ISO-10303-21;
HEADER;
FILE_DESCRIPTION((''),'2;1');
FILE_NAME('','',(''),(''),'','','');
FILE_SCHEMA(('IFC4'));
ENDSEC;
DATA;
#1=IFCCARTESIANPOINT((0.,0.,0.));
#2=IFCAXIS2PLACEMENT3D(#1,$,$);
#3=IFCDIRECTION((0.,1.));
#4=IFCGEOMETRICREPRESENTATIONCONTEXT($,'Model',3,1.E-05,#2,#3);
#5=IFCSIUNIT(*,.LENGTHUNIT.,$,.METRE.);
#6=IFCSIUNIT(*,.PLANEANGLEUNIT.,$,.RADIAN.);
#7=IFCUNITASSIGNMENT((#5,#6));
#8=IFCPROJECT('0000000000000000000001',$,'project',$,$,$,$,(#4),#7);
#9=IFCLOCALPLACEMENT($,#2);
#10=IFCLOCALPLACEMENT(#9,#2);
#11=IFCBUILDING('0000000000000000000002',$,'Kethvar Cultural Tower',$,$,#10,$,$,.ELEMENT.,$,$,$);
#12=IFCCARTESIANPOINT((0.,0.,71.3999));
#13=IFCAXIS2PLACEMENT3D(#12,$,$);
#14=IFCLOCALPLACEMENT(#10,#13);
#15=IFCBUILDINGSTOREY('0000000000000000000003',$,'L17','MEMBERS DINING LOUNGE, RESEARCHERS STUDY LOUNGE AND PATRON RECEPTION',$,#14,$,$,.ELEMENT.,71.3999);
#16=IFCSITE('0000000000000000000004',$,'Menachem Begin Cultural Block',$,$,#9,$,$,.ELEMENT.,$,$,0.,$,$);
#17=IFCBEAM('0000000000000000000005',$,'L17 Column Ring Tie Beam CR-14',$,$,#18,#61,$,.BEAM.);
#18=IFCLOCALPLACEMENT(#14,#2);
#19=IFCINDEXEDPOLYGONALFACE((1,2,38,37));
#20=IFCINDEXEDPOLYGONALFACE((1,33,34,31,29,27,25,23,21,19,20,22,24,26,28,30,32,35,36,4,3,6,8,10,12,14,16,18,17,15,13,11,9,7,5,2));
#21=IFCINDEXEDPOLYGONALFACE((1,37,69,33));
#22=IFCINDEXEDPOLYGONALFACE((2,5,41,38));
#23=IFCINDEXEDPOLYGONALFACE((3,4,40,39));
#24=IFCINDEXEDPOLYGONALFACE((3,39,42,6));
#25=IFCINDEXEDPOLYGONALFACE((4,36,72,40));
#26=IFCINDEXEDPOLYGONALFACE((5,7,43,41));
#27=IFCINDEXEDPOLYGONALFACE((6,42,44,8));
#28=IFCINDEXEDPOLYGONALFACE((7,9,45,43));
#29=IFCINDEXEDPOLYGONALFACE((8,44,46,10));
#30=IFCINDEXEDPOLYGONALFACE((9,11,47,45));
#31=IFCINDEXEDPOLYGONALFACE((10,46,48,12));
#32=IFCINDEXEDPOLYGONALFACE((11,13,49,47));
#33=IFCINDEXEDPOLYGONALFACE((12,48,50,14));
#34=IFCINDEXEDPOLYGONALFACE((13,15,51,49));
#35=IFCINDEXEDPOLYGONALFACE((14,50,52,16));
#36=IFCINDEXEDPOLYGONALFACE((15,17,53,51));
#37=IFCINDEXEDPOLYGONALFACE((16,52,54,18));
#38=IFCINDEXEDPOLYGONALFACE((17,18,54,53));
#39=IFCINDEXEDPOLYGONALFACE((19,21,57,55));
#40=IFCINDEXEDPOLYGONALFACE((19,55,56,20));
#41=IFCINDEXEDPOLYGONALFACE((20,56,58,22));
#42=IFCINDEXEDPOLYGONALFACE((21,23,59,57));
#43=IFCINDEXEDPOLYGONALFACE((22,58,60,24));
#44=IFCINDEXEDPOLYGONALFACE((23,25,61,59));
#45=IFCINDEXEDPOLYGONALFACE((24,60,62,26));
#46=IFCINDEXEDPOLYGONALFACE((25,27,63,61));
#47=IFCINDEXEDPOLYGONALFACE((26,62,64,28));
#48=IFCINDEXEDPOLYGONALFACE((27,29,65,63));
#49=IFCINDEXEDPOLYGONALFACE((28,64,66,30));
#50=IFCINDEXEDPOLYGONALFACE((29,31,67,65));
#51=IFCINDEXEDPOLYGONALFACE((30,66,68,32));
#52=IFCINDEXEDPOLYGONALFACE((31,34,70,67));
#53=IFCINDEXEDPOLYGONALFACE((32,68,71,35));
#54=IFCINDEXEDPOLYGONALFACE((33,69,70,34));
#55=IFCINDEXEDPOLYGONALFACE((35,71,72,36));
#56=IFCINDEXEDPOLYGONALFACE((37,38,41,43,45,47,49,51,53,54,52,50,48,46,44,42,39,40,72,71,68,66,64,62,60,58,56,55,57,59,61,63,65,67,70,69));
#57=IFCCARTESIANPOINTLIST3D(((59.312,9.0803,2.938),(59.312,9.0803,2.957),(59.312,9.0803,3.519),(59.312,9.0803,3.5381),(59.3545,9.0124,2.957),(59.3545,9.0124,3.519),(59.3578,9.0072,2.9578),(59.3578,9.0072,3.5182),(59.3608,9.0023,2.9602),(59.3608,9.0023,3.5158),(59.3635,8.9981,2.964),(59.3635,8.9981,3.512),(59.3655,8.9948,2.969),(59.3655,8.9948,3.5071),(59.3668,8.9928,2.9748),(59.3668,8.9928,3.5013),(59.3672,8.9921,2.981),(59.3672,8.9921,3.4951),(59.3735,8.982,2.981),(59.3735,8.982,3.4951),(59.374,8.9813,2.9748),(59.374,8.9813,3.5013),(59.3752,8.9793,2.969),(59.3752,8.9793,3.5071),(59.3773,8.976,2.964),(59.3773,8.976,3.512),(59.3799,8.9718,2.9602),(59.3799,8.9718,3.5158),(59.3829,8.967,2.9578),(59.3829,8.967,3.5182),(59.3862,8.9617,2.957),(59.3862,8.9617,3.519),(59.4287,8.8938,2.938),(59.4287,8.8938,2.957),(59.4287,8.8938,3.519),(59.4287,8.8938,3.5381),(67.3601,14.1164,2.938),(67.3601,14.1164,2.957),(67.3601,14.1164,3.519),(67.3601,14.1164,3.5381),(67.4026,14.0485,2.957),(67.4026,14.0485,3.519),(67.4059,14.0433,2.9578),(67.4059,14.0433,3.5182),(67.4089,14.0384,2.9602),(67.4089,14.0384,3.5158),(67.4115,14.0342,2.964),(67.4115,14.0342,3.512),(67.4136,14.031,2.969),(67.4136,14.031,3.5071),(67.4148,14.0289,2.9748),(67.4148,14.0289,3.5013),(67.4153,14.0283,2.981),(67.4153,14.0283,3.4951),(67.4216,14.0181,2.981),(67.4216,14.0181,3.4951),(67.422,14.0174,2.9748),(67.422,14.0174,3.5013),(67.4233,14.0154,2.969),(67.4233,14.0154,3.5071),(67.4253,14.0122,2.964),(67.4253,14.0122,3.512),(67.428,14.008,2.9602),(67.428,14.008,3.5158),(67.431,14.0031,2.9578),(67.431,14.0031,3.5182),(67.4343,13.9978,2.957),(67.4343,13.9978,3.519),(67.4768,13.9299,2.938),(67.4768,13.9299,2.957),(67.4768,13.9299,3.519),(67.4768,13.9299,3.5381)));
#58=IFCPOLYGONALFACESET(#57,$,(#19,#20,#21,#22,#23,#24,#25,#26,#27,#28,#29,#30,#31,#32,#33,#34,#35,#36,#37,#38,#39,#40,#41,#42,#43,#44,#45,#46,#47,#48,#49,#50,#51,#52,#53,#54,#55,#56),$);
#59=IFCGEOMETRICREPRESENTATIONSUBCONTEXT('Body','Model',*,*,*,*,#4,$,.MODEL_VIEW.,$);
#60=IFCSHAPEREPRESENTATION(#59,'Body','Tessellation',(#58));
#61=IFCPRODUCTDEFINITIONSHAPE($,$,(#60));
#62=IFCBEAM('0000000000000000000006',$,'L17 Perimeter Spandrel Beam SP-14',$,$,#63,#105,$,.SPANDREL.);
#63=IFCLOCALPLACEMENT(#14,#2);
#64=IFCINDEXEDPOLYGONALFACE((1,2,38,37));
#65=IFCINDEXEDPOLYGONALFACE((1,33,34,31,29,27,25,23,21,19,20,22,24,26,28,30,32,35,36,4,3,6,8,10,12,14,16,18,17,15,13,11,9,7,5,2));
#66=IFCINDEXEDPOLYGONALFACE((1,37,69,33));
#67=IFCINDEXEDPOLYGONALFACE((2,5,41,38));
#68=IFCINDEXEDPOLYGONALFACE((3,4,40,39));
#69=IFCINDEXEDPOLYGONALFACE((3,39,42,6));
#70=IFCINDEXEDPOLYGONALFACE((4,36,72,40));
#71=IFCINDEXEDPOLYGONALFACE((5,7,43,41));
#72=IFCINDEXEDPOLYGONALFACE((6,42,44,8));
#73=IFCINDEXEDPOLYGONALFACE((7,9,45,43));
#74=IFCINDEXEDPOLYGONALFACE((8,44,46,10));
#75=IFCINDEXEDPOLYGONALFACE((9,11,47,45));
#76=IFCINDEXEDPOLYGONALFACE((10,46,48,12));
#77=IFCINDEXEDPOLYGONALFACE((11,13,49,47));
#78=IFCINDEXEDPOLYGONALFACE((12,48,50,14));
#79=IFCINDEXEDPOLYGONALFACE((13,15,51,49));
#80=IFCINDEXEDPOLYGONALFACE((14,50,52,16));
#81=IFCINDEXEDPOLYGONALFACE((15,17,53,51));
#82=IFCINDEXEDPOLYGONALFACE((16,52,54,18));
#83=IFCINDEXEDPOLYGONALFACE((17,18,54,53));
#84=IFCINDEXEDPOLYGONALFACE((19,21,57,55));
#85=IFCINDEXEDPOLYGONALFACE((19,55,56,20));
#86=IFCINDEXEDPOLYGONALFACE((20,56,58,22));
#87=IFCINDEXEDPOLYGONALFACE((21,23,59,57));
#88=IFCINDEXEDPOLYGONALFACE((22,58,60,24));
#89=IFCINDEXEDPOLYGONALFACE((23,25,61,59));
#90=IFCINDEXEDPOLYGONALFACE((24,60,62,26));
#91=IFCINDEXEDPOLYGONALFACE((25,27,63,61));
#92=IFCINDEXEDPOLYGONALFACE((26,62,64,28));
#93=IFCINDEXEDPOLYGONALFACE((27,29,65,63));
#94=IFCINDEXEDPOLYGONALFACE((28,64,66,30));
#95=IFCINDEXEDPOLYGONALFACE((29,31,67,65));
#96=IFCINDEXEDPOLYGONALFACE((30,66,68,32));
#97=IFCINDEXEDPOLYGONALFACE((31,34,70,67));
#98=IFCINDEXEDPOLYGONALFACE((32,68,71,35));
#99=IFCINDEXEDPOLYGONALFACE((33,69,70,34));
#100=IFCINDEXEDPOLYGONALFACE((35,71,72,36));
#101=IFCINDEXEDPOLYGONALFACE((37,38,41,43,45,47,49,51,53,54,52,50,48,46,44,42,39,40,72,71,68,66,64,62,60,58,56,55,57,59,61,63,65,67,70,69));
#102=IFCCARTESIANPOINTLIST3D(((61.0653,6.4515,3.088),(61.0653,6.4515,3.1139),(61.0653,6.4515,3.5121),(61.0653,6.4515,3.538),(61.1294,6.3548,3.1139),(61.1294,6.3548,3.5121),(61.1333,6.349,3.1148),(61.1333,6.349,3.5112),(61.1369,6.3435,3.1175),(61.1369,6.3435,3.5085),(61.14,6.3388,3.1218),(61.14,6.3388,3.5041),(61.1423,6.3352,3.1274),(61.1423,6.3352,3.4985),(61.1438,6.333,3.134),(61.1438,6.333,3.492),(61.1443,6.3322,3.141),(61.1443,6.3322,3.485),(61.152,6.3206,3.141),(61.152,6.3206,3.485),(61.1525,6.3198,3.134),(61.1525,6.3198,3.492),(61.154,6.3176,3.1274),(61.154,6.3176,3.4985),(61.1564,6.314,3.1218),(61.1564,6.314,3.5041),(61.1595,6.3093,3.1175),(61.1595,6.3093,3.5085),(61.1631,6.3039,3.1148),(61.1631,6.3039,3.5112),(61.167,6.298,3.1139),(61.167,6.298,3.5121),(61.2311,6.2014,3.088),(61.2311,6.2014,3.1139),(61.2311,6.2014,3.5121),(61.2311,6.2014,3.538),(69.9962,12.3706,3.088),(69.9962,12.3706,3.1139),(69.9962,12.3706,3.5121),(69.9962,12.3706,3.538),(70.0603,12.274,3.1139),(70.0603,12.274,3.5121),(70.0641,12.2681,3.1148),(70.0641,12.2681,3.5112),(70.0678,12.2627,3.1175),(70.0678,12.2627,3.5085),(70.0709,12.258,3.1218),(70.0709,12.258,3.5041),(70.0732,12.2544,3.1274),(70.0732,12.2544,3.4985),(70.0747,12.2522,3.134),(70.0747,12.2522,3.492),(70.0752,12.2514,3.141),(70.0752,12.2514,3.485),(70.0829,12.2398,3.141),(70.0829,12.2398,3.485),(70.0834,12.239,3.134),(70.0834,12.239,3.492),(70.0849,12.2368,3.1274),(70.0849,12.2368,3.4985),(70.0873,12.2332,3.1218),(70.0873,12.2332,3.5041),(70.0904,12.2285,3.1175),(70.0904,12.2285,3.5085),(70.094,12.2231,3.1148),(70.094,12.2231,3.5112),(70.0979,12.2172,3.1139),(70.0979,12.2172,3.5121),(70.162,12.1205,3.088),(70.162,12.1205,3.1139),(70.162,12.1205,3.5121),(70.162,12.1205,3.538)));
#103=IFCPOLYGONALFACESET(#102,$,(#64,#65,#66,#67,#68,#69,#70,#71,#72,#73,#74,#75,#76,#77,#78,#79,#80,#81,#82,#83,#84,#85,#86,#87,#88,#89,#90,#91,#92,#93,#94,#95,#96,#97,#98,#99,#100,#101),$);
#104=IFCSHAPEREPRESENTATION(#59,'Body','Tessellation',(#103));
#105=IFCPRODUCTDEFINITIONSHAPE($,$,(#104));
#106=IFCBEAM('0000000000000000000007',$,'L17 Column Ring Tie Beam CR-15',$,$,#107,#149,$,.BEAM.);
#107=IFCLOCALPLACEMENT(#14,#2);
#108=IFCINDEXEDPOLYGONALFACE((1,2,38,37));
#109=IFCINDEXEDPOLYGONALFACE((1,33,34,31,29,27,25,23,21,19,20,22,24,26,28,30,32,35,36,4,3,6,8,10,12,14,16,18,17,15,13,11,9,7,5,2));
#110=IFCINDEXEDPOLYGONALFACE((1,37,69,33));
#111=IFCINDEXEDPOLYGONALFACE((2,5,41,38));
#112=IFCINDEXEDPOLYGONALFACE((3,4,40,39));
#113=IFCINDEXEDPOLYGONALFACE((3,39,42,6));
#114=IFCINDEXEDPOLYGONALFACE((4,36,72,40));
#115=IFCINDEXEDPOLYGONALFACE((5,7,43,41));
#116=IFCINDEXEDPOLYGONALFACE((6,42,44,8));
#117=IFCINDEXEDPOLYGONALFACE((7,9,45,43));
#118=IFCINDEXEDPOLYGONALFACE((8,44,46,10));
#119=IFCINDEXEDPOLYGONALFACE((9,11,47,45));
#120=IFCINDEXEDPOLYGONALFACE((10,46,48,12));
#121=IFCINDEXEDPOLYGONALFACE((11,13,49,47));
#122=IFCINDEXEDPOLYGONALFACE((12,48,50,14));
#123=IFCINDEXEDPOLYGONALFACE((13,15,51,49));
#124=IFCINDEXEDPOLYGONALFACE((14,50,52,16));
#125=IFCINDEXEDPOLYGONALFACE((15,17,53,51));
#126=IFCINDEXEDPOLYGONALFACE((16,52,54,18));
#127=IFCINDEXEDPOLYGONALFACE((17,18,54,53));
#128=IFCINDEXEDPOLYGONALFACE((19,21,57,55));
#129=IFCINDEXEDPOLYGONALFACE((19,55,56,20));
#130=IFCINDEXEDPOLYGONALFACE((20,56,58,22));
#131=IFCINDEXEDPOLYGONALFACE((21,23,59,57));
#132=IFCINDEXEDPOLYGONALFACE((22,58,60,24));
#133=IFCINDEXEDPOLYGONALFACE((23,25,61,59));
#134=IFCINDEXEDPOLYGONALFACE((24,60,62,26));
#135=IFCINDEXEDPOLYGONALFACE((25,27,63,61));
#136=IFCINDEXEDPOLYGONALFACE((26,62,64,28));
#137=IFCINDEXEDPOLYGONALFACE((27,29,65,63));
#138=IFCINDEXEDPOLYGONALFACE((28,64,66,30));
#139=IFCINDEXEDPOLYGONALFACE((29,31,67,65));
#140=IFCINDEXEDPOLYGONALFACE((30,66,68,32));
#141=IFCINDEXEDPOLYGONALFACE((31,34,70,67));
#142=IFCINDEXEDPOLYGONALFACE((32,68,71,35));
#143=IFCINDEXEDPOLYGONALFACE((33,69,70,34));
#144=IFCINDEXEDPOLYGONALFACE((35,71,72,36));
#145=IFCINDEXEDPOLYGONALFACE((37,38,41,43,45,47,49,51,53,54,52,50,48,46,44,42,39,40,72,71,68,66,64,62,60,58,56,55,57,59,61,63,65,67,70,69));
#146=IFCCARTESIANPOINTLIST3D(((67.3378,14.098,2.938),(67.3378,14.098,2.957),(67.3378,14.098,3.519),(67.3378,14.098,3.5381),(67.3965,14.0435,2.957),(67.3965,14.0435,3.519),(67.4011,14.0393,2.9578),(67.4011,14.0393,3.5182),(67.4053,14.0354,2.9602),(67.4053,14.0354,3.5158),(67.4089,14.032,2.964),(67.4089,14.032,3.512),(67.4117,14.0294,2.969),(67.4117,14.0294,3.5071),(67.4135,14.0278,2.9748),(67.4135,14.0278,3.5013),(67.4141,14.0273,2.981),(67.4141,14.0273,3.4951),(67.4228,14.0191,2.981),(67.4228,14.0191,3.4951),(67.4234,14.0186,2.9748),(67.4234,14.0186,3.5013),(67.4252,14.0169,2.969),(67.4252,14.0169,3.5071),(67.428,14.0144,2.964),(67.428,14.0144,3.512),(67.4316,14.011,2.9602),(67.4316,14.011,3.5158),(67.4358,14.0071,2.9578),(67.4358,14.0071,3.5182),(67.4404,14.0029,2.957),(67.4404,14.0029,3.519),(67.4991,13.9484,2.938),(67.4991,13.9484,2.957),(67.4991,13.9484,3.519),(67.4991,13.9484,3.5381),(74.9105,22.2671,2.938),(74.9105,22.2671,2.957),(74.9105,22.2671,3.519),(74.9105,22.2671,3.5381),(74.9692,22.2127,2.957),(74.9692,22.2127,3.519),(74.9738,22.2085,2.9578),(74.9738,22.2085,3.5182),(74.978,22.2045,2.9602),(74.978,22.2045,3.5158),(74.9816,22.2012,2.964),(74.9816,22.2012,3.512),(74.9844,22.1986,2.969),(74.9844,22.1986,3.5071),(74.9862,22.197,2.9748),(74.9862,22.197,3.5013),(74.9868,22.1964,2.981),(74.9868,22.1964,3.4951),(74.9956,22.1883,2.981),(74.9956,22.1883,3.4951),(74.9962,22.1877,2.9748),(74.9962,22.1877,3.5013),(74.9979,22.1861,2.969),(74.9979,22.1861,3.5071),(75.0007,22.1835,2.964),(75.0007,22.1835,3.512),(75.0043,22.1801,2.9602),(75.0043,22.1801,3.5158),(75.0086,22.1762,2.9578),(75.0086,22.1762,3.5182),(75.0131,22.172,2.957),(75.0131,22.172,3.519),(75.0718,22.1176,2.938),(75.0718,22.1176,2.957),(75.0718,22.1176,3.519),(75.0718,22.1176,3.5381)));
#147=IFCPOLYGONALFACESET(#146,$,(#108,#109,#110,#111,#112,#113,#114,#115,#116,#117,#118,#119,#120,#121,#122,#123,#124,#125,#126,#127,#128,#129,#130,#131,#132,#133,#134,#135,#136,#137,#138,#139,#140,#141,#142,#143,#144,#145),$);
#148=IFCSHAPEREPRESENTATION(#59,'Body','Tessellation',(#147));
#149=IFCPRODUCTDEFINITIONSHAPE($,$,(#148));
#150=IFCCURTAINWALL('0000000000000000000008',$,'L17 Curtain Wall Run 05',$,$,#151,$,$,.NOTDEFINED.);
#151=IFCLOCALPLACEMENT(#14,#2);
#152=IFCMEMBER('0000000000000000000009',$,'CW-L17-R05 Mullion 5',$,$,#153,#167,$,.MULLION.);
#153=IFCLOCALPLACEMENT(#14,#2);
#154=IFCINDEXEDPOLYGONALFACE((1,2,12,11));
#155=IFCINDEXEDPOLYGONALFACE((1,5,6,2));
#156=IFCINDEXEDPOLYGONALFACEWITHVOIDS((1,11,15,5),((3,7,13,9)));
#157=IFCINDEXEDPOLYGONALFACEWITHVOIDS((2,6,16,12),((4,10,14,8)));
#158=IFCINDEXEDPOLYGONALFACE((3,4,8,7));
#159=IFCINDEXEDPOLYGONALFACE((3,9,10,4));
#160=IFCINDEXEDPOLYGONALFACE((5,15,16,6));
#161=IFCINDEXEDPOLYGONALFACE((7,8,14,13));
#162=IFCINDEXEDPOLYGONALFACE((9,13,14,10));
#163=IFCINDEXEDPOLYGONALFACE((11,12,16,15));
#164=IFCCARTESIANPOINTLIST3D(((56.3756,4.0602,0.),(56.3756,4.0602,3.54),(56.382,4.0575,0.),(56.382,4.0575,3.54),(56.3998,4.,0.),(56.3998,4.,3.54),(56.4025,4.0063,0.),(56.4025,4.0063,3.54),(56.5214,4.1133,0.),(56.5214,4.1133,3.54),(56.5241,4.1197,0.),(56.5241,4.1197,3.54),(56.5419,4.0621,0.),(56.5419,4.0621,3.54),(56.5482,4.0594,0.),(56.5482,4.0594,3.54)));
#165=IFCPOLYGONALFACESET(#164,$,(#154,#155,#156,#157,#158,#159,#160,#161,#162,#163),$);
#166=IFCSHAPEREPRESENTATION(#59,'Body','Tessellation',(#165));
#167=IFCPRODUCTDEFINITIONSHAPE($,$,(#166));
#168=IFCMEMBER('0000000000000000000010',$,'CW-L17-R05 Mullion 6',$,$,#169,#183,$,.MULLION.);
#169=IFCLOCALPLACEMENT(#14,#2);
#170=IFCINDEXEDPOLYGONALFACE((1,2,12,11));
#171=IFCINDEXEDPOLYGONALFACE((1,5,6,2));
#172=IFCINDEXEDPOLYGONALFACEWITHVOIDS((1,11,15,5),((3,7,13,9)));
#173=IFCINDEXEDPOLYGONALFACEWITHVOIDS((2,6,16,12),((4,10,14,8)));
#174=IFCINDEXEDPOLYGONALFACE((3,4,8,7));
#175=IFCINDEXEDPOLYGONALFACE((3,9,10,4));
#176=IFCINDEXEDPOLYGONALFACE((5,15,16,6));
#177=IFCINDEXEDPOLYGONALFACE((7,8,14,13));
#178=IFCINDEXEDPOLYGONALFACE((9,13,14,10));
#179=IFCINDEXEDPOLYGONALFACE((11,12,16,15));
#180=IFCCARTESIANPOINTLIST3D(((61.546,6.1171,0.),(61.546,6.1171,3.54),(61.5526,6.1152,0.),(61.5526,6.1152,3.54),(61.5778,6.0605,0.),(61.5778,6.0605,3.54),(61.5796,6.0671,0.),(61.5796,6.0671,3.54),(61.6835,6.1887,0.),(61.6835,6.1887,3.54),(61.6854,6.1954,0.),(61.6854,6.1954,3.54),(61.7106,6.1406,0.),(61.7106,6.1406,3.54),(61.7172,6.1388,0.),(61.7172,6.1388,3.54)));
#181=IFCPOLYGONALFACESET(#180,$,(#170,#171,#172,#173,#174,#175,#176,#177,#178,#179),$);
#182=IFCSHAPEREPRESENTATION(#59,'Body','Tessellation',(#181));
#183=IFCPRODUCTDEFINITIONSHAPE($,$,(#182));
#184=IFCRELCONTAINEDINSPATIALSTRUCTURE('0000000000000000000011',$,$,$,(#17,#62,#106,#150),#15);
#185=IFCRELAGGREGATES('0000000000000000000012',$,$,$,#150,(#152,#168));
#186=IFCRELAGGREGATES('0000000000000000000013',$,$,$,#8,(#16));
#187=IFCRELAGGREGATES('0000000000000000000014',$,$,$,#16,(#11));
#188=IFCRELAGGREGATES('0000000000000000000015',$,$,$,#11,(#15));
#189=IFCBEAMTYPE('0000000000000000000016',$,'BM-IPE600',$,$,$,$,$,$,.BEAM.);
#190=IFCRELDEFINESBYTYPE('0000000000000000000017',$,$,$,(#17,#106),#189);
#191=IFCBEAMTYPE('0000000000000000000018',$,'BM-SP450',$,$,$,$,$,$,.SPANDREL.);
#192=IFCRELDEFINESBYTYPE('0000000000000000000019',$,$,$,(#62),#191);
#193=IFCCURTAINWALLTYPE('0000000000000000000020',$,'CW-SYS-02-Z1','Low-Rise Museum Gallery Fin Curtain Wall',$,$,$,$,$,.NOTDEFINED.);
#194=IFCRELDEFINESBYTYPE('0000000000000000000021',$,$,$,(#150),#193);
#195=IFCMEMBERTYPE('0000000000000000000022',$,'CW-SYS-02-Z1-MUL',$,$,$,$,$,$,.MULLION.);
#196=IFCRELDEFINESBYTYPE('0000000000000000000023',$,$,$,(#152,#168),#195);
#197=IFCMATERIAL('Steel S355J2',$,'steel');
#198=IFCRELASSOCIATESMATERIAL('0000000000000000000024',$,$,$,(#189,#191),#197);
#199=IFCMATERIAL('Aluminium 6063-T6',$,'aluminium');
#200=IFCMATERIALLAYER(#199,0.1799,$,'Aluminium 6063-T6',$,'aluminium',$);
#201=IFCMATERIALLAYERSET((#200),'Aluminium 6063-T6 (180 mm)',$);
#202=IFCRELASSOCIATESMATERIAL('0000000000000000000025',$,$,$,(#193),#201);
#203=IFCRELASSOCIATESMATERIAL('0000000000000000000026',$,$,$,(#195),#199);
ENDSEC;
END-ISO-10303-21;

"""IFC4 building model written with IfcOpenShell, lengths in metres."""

from ifc_helpers import new_model, si_unit, direction, frame, origin, origin_2d, place, context, subcontext, project, spatial, hollow_rectangle, i_section, extrude, source, transform, mapped, material, layer, layer_set, material_profile, profile_set, type_object, element, aggregate, save


model = new_model("IFC4")

# Units and contexts
model_context = context("Model", 3, precision=1e-05, world=origin(), true_north=direction((0.0, 1.0)))
body_context = subcontext(model_context, "Body", "Model", "MODEL_VIEW")
ifc_project = project(units=[si_unit("LENGTHUNIT", "METRE"), si_unit("PLANEANGLEUNIT", "RADIAN")], contexts=[model_context])

# Site, building, storey
site_placement = place(None, origin())
site = spatial("IfcSite", under=ifc_project, at=site_placement, Name="Menachem Begin Cultural Block", CompositionType="ELEMENT", RefElevation=0.0)
building_placement = place(site_placement, origin())
building = spatial("IfcBuilding", under=site, at=building_placement, Name="Kethvar Cultural Tower", CompositionType="ELEMENT")
storey_placement = place(building_placement, frame((0.0, 0.0, 71.3999)))
storey = spatial("IfcBuildingStorey", under=building, at=storey_placement, Name="L17", Description="MEMBERS DINING LOUNGE, RESEARCHERS STUDY LOUNGE AND PATRON RECEPTION", CompositionType="ELEMENT", Elevation=71.3999)

# Beams
ifc_material_1 = material(Name="Steel S355J2", Category="steel")
ifc_material_profile_1 = material_profile(ifc_material_1, i_section(OverallWidth=0.22, OverallDepth=0.6001, WebThickness=0.012, FlangeThickness=0.019, FilletRadius=0.0239, at=origin_2d()), Name="Steel S355J2 — IPE600")
ifc_profile_set_1 = profile_set([ifc_material_profile_1], Name="Steel S355J2 — IPE600")
beam_type_1 = type_object("IfcBeamType", Name="BM-IPE600", PredefinedType="BEAM", material=ifc_profile_set_1)
shared_shape_1 = source(origin(), body_context, "Body", "SweptSolid", [
    extrude(i_section(OverallWidth=0.22, OverallDepth=0.6001, WebThickness=0.012, FlangeThickness=0.019, FilletRadius=0.0239, at=origin_2d()), origin(), (0.0, 0.0, 1.0), 9.4939),
])
beam_1_placement = place(storey_placement, frame((59.3704, 8.9871, 3.238), z_axis=(0.847711, 0.530459, 0.0), x_axis=(-0.530459, 0.847711, 0.0)))
element("IfcBeam", 1, at=beam_1_placement, inside=storey, type_object=beam_type_1, Name="L17 Column Ring Tie Beam CR-14", PredefinedType="BEAM", context=body_context, shape_type="MappedRepresentation", body=[
    mapped(shared_shape_1, transform((0.0, 0.0, 0.0), scale=1.0)),
])
ifc_material_profile_2 = material_profile(ifc_material_1, i_section(OverallWidth=0.3, OverallDepth=0.45, WebThickness=0.0139, FlangeThickness=0.0259, FilletRadius=0.0271, at=origin_2d()), Name="Steel S355J2 — HEB450")
ifc_profile_set_2 = profile_set([ifc_material_profile_2], Name="Steel S355J2 — HEB450")
beam_type_2 = type_object("IfcBeamType", Name="BM-SP450", PredefinedType="SPANDREL", material=ifc_profile_set_2)
shared_shape_2 = source(origin(), body_context, "Body", "SweptSolid", [
    extrude(i_section(OverallWidth=0.3, OverallDepth=0.45, WebThickness=0.0139, FlangeThickness=0.0259, FilletRadius=0.0271, at=origin_2d()), origin(), (0.0, 0.0, 1.0), 10.7144),
])
beam_2_placement = place(storey_placement, frame((61.1482, 6.3264, 3.313), z_axis=(0.833544, 0.552453, 0.0), x_axis=(-0.552453, 0.833544, 0.0)))
element("IfcBeam", 2, at=beam_2_placement, inside=storey, type_object=beam_type_2, Name="L17 Perimeter Spandrel Beam SP-14", PredefinedType="SPANDREL", context=body_context, shape_type="MappedRepresentation", body=[
    mapped(shared_shape_2, transform((0.0, 0.0, 0.0), scale=1.0)),
])
shared_shape_3 = source(origin(), body_context, "Body", "SweptSolid", [
    extrude(i_section(OverallWidth=0.22, OverallDepth=0.6001, WebThickness=0.012, FlangeThickness=0.019, FilletRadius=0.0239, at=origin_2d()), origin(), (0.0, 0.0, 1.0), 11.1392),
])
beam_3_placement = place(storey_placement, frame((67.4185, 14.0232, 3.238), z_axis=(0.679828, 0.733372, 0.0), x_axis=(-0.733372, 0.679828, 0.0)))
element("IfcBeam", 3, at=beam_3_placement, inside=storey, type_object=beam_type_1, Name="L17 Column Ring Tie Beam CR-15", PredefinedType="BEAM", context=body_context, shape_type="MappedRepresentation", body=[
    mapped(shared_shape_3, transform((0.0, 0.0, 0.0), scale=1.0)),
])

# Curtain wall, members
ifc_material_2 = material(Name="Aluminium 6063-T6", Category="aluminium")
ifc_layer_1 = layer(ifc_material_2, 0.1799, Name="Aluminium 6063-T6", Category="aluminium")
ifc_layer_set_1 = layer_set([ifc_layer_1], Name="Aluminium 6063-T6 (180 mm)")
curtain_wall_type = type_object("IfcCurtainWallType", Name="CW-SYS-02-Z1", Description="Low-Rise Museum Gallery Fin Curtain Wall", PredefinedType="NOTDEFINED", material=ifc_layer_set_1)
curtain_wall_1_placement = place(storey_placement, origin())
curtain_wall_1 = element("IfcCurtainWall", 4, at=curtain_wall_1_placement, inside=storey, type_object=curtain_wall_type, Name="L17 Curtain Wall Run 05", PredefinedType="NOTDEFINED")
ifc_material_profile_3 = material_profile(ifc_material_2, hollow_rectangle(XDim=0.0649, YDim=0.1599, WallThickness=0.0049, at=origin_2d()), Name="Aluminium 6063-T6 — RHS160x65x5")
ifc_profile_set_3 = profile_set([ifc_material_profile_3], Name="Aluminium 6063-T6 — RHS160x65x5")
member_type_1 = type_object("IfcMemberType", Name="CW-SYS-02-Z1-MUL", PredefinedType="MULLION", material=ifc_profile_set_3)
shared_shape_4 = source(origin(), body_context, "Body", "SweptSolid", [
    extrude(hollow_rectangle(XDim=0.0649, YDim=0.1599, WallThickness=0.0049, at=origin_2d()), origin(), (0.0, 0.0, 1.0), 3.54),
])
member_1_placement = place(storey_placement, frame((56.4619, 4.0598, 0.0), z_axis=(0.0, 0.0, 1.0), x_axis=(-0.371611, 0.928389, 0.0)))
member_1 = element("IfcMember", 5, at=member_1_placement, type_object=member_type_1, Name="CW-L17-R05 Mullion 5", PredefinedType="MULLION", context=body_context, shape_type="MappedRepresentation", body=[
    mapped(shared_shape_4, transform((0.0, 0.0, 0.0), scale=1.0)),
])
member_2_placement = place(storey_placement, frame((61.6316, 6.1279, 0.0), z_axis=(0.0, 0.0, 1.0), x_axis=(-0.48958, 0.871958, 0.0)))
member_2 = element("IfcMember", 6, at=member_2_placement, type_object=member_type_1, Name="CW-L17-R05 Mullion 6", PredefinedType="MULLION", context=body_context, shape_type="MappedRepresentation", body=[
    mapped(shared_shape_4, transform((0.0, 0.0, 0.0), scale=1.0)),
])

aggregate(curtain_wall_1, [member_1, member_2])

save(model, "model.ifc")
